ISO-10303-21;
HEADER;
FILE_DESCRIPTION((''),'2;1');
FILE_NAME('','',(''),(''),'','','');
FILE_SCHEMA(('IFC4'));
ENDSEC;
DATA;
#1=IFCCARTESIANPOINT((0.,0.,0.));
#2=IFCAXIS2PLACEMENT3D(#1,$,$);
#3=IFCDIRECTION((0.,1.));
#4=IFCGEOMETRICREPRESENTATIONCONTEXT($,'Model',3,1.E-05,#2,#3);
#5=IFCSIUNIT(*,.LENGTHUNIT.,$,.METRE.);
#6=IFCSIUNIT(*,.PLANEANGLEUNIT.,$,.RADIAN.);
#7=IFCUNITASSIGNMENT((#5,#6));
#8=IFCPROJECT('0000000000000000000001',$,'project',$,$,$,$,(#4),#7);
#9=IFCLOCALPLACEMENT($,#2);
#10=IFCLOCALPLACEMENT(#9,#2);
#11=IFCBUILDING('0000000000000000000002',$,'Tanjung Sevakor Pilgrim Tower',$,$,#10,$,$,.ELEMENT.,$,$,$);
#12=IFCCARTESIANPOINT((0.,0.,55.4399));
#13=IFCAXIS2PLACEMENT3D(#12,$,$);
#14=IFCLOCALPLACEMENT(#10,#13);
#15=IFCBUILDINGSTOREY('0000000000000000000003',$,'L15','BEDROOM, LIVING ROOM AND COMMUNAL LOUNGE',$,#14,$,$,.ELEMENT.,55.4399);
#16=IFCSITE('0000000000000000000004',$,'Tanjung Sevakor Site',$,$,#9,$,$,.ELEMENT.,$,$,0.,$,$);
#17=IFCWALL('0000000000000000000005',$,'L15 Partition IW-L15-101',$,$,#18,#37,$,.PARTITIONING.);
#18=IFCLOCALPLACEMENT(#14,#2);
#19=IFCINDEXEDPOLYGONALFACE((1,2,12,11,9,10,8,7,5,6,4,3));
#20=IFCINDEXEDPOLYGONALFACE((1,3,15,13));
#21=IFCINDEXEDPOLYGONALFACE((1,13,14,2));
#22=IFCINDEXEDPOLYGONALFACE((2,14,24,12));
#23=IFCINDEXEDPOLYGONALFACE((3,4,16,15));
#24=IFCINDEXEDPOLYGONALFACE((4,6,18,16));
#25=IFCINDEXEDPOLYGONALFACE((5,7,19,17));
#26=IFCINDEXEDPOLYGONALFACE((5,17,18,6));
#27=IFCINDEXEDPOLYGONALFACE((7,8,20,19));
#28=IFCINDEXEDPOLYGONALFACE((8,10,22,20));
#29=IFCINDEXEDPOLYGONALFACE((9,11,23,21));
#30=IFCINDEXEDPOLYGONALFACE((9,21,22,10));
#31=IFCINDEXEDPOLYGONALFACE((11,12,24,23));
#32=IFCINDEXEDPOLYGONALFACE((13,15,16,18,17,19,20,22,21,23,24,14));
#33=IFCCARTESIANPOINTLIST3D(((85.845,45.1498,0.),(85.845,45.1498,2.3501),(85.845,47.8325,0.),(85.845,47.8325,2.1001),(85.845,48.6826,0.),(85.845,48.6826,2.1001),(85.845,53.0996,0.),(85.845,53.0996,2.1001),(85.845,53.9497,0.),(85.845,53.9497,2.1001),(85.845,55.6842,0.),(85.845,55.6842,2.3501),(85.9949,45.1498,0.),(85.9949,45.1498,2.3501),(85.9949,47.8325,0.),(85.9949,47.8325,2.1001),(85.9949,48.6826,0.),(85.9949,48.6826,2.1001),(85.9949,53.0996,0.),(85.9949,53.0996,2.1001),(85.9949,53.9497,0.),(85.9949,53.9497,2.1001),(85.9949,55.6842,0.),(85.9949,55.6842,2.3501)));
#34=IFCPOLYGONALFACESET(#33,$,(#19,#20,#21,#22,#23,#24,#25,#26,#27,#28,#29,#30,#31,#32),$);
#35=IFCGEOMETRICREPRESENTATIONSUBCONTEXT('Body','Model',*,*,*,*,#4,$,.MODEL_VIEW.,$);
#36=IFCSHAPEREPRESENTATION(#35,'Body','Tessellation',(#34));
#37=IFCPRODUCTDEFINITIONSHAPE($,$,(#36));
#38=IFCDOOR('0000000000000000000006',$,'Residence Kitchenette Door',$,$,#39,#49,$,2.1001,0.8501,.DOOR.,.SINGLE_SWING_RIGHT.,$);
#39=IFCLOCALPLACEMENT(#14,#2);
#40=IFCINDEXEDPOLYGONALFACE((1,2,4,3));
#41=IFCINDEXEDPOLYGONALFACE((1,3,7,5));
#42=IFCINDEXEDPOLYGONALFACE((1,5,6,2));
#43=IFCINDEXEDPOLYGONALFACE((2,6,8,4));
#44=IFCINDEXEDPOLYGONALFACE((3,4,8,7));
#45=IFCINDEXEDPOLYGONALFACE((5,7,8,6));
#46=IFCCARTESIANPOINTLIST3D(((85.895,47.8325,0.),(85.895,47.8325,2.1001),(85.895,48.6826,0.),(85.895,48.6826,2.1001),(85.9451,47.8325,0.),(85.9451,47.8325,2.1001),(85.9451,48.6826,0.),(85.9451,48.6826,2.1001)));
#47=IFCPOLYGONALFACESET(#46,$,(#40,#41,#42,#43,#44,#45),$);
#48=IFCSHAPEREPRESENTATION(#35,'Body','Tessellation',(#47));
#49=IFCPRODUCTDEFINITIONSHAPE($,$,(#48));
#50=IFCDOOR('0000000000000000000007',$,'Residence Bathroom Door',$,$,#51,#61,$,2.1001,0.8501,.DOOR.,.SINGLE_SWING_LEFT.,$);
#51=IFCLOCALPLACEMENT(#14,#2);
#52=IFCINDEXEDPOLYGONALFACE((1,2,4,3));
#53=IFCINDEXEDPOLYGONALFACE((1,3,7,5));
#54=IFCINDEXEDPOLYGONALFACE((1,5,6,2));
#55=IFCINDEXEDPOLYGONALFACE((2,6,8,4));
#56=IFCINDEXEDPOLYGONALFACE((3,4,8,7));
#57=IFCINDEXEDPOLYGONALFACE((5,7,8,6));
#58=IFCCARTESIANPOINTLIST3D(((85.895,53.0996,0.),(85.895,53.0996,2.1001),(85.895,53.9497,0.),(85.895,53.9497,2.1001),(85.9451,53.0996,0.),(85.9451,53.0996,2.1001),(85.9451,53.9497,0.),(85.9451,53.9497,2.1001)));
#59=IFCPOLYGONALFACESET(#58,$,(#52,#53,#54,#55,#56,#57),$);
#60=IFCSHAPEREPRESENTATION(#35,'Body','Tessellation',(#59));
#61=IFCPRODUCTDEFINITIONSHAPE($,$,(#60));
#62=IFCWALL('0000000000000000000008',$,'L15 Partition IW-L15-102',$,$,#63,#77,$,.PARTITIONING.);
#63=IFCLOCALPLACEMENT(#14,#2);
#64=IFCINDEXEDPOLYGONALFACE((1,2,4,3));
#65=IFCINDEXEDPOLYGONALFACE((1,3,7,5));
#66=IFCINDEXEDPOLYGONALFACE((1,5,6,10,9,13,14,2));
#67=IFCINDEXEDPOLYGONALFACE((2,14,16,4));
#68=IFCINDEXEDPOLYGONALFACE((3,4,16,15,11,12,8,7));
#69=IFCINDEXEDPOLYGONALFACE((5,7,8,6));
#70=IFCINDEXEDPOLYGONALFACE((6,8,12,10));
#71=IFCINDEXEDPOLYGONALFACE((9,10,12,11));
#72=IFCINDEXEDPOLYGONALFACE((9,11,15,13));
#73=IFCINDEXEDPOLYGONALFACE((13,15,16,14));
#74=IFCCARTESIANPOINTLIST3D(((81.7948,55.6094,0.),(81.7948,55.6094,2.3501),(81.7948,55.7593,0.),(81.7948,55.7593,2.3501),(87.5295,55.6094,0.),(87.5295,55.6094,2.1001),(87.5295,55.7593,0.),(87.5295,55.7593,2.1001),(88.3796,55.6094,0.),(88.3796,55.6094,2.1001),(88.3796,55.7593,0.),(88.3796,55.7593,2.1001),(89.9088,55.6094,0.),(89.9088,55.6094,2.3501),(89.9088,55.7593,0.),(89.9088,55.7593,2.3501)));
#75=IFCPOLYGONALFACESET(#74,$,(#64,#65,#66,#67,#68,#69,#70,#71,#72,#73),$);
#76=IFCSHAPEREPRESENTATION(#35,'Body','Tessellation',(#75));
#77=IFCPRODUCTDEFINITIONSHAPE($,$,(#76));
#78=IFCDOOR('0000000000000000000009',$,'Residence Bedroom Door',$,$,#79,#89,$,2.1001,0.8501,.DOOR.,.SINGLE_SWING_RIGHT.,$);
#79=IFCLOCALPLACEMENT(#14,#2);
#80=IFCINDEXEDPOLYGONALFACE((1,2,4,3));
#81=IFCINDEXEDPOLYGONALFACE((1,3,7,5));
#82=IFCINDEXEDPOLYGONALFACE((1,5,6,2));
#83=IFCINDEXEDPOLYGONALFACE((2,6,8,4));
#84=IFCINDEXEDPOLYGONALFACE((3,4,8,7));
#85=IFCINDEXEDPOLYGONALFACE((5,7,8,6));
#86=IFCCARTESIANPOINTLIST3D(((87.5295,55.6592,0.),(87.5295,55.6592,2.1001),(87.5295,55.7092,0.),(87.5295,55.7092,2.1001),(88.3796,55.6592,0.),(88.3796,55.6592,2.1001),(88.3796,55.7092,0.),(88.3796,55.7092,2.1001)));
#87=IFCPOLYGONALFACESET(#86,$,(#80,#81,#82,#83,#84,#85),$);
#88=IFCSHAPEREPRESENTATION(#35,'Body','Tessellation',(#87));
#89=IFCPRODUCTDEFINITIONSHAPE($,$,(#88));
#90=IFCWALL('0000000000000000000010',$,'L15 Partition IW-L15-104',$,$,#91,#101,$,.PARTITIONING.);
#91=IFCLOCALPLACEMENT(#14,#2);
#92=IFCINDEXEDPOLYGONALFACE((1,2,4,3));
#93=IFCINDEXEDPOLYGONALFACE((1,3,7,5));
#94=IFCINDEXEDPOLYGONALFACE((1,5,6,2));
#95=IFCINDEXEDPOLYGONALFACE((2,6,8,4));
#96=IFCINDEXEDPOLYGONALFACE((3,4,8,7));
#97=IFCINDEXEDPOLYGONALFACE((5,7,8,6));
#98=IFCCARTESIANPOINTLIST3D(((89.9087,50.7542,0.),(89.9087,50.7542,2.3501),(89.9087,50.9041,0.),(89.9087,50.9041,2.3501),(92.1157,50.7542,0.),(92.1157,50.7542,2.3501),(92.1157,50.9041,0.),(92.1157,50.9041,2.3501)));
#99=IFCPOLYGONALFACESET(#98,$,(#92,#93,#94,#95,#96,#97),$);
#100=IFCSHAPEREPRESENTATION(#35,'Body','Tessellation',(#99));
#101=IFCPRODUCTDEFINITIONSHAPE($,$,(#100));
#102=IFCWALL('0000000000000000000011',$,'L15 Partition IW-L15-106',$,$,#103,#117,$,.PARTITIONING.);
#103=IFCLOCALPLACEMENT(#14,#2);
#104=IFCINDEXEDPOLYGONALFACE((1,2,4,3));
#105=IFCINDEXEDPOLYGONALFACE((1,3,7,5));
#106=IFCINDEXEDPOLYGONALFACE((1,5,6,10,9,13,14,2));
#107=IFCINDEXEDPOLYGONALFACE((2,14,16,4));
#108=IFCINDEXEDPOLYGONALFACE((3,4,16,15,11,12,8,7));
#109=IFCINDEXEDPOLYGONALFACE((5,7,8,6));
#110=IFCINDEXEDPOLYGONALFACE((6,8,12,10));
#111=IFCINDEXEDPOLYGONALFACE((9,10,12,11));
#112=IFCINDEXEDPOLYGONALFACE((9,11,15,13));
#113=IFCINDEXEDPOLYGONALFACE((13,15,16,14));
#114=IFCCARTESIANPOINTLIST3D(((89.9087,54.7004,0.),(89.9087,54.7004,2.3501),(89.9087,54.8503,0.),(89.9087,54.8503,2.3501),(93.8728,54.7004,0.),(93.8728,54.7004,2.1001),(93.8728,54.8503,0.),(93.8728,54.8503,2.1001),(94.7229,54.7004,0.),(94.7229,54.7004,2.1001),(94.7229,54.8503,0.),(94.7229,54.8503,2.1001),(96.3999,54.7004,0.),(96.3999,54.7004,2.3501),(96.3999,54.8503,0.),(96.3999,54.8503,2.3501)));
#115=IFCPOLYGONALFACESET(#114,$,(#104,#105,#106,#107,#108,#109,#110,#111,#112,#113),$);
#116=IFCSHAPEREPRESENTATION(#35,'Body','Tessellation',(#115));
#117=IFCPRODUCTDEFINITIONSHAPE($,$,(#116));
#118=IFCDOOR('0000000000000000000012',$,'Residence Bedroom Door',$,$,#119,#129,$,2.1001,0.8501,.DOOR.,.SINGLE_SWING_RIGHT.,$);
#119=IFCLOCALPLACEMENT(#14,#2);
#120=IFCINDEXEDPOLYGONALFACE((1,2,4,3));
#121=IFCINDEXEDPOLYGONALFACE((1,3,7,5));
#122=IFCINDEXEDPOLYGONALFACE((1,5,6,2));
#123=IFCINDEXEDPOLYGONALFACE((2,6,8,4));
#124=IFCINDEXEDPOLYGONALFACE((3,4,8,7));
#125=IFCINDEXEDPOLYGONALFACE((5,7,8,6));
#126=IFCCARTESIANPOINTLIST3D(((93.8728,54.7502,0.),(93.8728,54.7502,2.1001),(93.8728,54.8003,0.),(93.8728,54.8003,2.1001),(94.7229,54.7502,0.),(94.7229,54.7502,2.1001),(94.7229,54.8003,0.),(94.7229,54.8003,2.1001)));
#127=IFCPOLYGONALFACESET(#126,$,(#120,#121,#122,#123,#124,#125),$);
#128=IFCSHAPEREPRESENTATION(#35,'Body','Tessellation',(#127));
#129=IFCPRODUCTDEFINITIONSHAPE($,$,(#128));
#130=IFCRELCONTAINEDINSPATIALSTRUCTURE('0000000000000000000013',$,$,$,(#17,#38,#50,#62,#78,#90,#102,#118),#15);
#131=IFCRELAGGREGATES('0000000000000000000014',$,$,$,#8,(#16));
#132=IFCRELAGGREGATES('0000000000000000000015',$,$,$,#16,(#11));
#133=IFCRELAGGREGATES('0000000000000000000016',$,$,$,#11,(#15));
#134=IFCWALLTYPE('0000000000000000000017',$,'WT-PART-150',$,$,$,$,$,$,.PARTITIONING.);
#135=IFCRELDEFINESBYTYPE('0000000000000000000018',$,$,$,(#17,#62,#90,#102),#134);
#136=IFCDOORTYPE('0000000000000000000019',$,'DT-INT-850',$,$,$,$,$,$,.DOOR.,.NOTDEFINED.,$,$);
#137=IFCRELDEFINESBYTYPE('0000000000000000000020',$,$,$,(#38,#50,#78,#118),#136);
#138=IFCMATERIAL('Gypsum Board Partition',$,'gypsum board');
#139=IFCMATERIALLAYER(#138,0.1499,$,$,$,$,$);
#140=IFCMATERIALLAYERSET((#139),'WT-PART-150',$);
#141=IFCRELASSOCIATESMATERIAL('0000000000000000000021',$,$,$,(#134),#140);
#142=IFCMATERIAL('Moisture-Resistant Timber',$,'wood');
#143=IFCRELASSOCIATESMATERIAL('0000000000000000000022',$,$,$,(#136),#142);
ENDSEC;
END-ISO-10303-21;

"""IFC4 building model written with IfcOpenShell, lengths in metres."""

from ifc_helpers import new_model, si_unit, direction, frame, frame_2d, origin, place, context, subcontext, project, spatial, rectangle, extrude, material, layer, layer_set, type_object, element, fill, save


model = new_model("IFC4")

# Units and contexts
model_context = context("Model", 3, precision=1e-05, world=origin(), true_north=direction((0.0, 1.0)))
body_context = subcontext(model_context, "Body", "Model", "MODEL_VIEW")
ifc_project = project(units=[si_unit("LENGTHUNIT", "METRE"), si_unit("PLANEANGLEUNIT", "RADIAN")], contexts=[model_context])

# Site, building, storey
site_placement = place(None, origin())
site = spatial("IfcSite", under=ifc_project, at=site_placement, Name="Tanjung Sevakor Site", CompositionType="ELEMENT", RefElevation=0.0)
building_placement = place(site_placement, origin())
building = spatial("IfcBuilding", under=site, at=building_placement, Name="Tanjung Sevakor Pilgrim Tower", CompositionType="ELEMENT")
storey_placement = place(building_placement, frame((0.0, 0.0, 55.4399)))
storey = spatial("IfcBuildingStorey", under=building, at=storey_placement, Name="L15", Description="BEDROOM, LIVING ROOM AND COMMUNAL LOUNGE", CompositionType="ELEMENT", Elevation=55.4399)

# Shared definitions
ifc_material_1 = material(Name="Gypsum Board Partition", Category="gypsum board")
ifc_layer_1 = layer(ifc_material_1, 0.1499)
ifc_layer_set_1 = layer_set([ifc_layer_1], Name="WT-PART-150")
wall_type_1 = type_object("IfcWallType", Name="WT-PART-150", PredefinedType="PARTITIONING", material=ifc_layer_set_1)

# Wall, openings, doors
wall_1_placement = place(storey_placement, frame((85.9199, 45.1499, 0.0), z_axis=(0.0, 0.0, 1.0), x_axis=(0.0, 1.0, 0.0)))
wall_1 = element("IfcWall", 1, at=wall_1_placement, inside=storey, type_object=wall_type_1, Name="L15 Partition IW-L15-101", PredefinedType="PARTITIONING", context=body_context, shape_type="SweptSolid", body=[
    extrude(rectangle(XDim=10.5344, YDim=0.1499, at=frame_2d((5.2671, 0.0))), origin(), (0.0, 0.0, 1.0), 2.3501),
])
opening_1_placement = place(wall_1_placement, frame((2.6826, 0.0, 0.0)))
opening_1 = element("IfcOpeningElement", 2, at=opening_1_placement, cuts=wall_1, PredefinedType="OPENING", context=body_context, shape_type="SweptSolid", body=[
    extrude(rectangle(XDim=0.8501, YDim=2.1001, at=frame_2d((0.425, 1.05))), frame((0.0, 0.085, 0.0), z_axis=(0.0, -1.0, 0.0), x_axis=(1.0, 0.0, 0.0)), (0.0, 0.0, 1.0), 0.1699),
])
opening_2_placement = place(wall_1_placement, frame((7.9497, 0.0, 0.0)))
opening_2 = element("IfcOpeningElement", 3, at=opening_2_placement, cuts=wall_1, PredefinedType="OPENING", context=body_context, shape_type="SweptSolid", body=[
    extrude(rectangle(XDim=0.8501, YDim=2.1001, at=frame_2d((0.425, 1.05))), frame((0.0, 0.085, 0.0), z_axis=(0.0, -1.0, 0.0), x_axis=(1.0, 0.0, 0.0)), (0.0, 0.0, 1.0), 0.1699),
])
ifc_material_2 = material(Name="Moisture-Resistant Timber", Category="wood")
door_type_1 = type_object("IfcDoorType", Name="DT-INT-850", OperationType="NOTDEFINED", PredefinedType="DOOR", material=ifc_material_2)
door_1_placement = place(opening_1_placement, origin())
door_1 = element("IfcDoor", 4, at=door_1_placement, inside=storey, type_object=door_type_1, Name="Residence Kitchenette Door", OperationType="SINGLE_SWING_RIGHT", OverallHeight=2.1001, OverallWidth=0.8501, PredefinedType="DOOR", context=body_context, shape_type="SweptSolid", body=[
    extrude(rectangle(XDim=0.8501, YDim=2.1001, at=frame_2d((0.425, 1.05))), frame((0.0, 0.0249, 0.0), z_axis=(0.0, -1.0, 0.0), x_axis=(1.0, 0.0, 0.0)), (0.0, 0.0, 1.0), 0.05),
])
fill(opening_1, door_1)
door_2_placement = place(opening_2_placement, origin())
door_2 = element("IfcDoor", 5, at=door_2_placement, inside=storey, type_object=door_type_1, Name="Residence Bathroom Door", OperationType="SINGLE_SWING_LEFT", OverallHeight=2.1001, OverallWidth=0.8501, PredefinedType="DOOR", context=body_context, shape_type="SweptSolid", body=[
    extrude(rectangle(XDim=0.8501, YDim=2.1001, at=frame_2d((0.425, 1.05))), frame((0.0, 0.0249, 0.0), z_axis=(0.0, -1.0, 0.0), x_axis=(1.0, 0.0, 0.0)), (0.0, 0.0, 1.0), 0.05),
])
fill(opening_2, door_2)

# Wall, opening, door
wall_2_placement = place(storey_placement, frame((81.7947, 55.6843, 0.0), z_axis=(0.0, 0.0, 1.0), x_axis=(1.0, 0.0, 0.0)))
wall_2 = element("IfcWall", 6, at=wall_2_placement, inside=storey, type_object=wall_type_1, Name="L15 Partition IW-L15-102", PredefinedType="PARTITIONING", context=body_context, shape_type="SweptSolid", body=[
    extrude(rectangle(XDim=8.114, YDim=0.1499, at=frame_2d((4.0571, 0.0))), origin(), (0.0, 0.0, 1.0), 2.3501),
])
opening_3_placement = place(wall_2_placement, frame((5.7349, 0.0, 0.0)))
opening_3 = element("IfcOpeningElement", 7, at=opening_3_placement, cuts=wall_2, PredefinedType="OPENING", context=body_context, shape_type="SweptSolid", body=[
    extrude(rectangle(XDim=0.8501, YDim=2.1001, at=frame_2d((0.425, 1.05))), frame((0.0, 0.085, 0.0), z_axis=(0.0, -1.0, 0.0), x_axis=(1.0, 0.0, 0.0)), (0.0, 0.0, 1.0), 0.1699),
])
door_3_placement = place(opening_3_placement, origin())
door_3 = element("IfcDoor", 8, at=door_3_placement, inside=storey, type_object=door_type_1, Name="Residence Bedroom Door", OperationType="SINGLE_SWING_RIGHT", OverallHeight=2.1001, OverallWidth=0.8501, PredefinedType="DOOR", context=body_context, shape_type="SweptSolid", body=[
    extrude(rectangle(XDim=0.8501, YDim=2.1001, at=frame_2d((0.425, 1.05))), frame((0.0, 0.0249, 0.0), z_axis=(0.0, -1.0, 0.0), x_axis=(1.0, 0.0, 0.0)), (0.0, 0.0, 1.0), 0.05),
])
fill(opening_3, door_3)

# Wall
wall_3_placement = place(storey_placement, frame((89.9087, 50.8291, 0.0), z_axis=(0.0, 0.0, 1.0), x_axis=(1.0, 0.0, 0.0)))
element("IfcWall", 9, at=wall_3_placement, inside=storey, type_object=wall_type_1, Name="L15 Partition IW-L15-104", PredefinedType="PARTITIONING", context=body_context, shape_type="SweptSolid", body=[
    extrude(rectangle(XDim=2.207, YDim=0.1499, at=frame_2d((1.1035, 0.0))), origin(), (0.0, 0.0, 1.0), 2.3501),
])

# Wall, opening, door
wall_4_placement = place(storey_placement, frame((89.9087, 54.7754, 0.0), z_axis=(0.0, 0.0, 1.0), x_axis=(1.0, 0.0, 0.0)))
wall_4 = element("IfcWall", 10, at=wall_4_placement, inside=storey, type_object=wall_type_1, Name="L15 Partition IW-L15-106", PredefinedType="PARTITIONING", context=body_context, shape_type="SweptSolid", body=[
    extrude(rectangle(XDim=6.4912, YDim=0.1499, at=frame_2d((3.2456, 0.0))), origin(), (0.0, 0.0, 1.0), 2.3501),
])
opening_4_placement = place(wall_4_placement, frame((3.9641, 0.0, 0.0)))
opening_4 = element("IfcOpeningElement", 11, at=opening_4_placement, cuts=wall_4, PredefinedType="OPENING", context=body_context, shape_type="SweptSolid", body=[
    extrude(rectangle(XDim=0.8501, YDim=2.1001, at=frame_2d((0.425, 1.05))), frame((0.0, 0.085, 0.0), z_axis=(0.0, -1.0, 0.0), x_axis=(1.0, 0.0, 0.0)), (0.0, 0.0, 1.0), 0.1699),
])
door_4_placement = place(opening_4_placement, origin())
door_4 = element("IfcDoor", 12, at=door_4_placement, inside=storey, type_object=door_type_1, Name="Residence Bedroom Door", OperationType="SINGLE_SWING_RIGHT", OverallHeight=2.1001, OverallWidth=0.8501, PredefinedType="DOOR", context=body_context, shape_type="SweptSolid", body=[
    extrude(rectangle(XDim=0.8501, YDim=2.1001, at=frame_2d((0.425, 1.05))), frame((0.0, 0.0249, 0.0), z_axis=(0.0, -1.0, 0.0), x_axis=(1.0, 0.0, 0.0)), (0.0, 0.0, 1.0), 0.05),
])
fill(opening_4, door_4)

save(model, "model.ifc")
